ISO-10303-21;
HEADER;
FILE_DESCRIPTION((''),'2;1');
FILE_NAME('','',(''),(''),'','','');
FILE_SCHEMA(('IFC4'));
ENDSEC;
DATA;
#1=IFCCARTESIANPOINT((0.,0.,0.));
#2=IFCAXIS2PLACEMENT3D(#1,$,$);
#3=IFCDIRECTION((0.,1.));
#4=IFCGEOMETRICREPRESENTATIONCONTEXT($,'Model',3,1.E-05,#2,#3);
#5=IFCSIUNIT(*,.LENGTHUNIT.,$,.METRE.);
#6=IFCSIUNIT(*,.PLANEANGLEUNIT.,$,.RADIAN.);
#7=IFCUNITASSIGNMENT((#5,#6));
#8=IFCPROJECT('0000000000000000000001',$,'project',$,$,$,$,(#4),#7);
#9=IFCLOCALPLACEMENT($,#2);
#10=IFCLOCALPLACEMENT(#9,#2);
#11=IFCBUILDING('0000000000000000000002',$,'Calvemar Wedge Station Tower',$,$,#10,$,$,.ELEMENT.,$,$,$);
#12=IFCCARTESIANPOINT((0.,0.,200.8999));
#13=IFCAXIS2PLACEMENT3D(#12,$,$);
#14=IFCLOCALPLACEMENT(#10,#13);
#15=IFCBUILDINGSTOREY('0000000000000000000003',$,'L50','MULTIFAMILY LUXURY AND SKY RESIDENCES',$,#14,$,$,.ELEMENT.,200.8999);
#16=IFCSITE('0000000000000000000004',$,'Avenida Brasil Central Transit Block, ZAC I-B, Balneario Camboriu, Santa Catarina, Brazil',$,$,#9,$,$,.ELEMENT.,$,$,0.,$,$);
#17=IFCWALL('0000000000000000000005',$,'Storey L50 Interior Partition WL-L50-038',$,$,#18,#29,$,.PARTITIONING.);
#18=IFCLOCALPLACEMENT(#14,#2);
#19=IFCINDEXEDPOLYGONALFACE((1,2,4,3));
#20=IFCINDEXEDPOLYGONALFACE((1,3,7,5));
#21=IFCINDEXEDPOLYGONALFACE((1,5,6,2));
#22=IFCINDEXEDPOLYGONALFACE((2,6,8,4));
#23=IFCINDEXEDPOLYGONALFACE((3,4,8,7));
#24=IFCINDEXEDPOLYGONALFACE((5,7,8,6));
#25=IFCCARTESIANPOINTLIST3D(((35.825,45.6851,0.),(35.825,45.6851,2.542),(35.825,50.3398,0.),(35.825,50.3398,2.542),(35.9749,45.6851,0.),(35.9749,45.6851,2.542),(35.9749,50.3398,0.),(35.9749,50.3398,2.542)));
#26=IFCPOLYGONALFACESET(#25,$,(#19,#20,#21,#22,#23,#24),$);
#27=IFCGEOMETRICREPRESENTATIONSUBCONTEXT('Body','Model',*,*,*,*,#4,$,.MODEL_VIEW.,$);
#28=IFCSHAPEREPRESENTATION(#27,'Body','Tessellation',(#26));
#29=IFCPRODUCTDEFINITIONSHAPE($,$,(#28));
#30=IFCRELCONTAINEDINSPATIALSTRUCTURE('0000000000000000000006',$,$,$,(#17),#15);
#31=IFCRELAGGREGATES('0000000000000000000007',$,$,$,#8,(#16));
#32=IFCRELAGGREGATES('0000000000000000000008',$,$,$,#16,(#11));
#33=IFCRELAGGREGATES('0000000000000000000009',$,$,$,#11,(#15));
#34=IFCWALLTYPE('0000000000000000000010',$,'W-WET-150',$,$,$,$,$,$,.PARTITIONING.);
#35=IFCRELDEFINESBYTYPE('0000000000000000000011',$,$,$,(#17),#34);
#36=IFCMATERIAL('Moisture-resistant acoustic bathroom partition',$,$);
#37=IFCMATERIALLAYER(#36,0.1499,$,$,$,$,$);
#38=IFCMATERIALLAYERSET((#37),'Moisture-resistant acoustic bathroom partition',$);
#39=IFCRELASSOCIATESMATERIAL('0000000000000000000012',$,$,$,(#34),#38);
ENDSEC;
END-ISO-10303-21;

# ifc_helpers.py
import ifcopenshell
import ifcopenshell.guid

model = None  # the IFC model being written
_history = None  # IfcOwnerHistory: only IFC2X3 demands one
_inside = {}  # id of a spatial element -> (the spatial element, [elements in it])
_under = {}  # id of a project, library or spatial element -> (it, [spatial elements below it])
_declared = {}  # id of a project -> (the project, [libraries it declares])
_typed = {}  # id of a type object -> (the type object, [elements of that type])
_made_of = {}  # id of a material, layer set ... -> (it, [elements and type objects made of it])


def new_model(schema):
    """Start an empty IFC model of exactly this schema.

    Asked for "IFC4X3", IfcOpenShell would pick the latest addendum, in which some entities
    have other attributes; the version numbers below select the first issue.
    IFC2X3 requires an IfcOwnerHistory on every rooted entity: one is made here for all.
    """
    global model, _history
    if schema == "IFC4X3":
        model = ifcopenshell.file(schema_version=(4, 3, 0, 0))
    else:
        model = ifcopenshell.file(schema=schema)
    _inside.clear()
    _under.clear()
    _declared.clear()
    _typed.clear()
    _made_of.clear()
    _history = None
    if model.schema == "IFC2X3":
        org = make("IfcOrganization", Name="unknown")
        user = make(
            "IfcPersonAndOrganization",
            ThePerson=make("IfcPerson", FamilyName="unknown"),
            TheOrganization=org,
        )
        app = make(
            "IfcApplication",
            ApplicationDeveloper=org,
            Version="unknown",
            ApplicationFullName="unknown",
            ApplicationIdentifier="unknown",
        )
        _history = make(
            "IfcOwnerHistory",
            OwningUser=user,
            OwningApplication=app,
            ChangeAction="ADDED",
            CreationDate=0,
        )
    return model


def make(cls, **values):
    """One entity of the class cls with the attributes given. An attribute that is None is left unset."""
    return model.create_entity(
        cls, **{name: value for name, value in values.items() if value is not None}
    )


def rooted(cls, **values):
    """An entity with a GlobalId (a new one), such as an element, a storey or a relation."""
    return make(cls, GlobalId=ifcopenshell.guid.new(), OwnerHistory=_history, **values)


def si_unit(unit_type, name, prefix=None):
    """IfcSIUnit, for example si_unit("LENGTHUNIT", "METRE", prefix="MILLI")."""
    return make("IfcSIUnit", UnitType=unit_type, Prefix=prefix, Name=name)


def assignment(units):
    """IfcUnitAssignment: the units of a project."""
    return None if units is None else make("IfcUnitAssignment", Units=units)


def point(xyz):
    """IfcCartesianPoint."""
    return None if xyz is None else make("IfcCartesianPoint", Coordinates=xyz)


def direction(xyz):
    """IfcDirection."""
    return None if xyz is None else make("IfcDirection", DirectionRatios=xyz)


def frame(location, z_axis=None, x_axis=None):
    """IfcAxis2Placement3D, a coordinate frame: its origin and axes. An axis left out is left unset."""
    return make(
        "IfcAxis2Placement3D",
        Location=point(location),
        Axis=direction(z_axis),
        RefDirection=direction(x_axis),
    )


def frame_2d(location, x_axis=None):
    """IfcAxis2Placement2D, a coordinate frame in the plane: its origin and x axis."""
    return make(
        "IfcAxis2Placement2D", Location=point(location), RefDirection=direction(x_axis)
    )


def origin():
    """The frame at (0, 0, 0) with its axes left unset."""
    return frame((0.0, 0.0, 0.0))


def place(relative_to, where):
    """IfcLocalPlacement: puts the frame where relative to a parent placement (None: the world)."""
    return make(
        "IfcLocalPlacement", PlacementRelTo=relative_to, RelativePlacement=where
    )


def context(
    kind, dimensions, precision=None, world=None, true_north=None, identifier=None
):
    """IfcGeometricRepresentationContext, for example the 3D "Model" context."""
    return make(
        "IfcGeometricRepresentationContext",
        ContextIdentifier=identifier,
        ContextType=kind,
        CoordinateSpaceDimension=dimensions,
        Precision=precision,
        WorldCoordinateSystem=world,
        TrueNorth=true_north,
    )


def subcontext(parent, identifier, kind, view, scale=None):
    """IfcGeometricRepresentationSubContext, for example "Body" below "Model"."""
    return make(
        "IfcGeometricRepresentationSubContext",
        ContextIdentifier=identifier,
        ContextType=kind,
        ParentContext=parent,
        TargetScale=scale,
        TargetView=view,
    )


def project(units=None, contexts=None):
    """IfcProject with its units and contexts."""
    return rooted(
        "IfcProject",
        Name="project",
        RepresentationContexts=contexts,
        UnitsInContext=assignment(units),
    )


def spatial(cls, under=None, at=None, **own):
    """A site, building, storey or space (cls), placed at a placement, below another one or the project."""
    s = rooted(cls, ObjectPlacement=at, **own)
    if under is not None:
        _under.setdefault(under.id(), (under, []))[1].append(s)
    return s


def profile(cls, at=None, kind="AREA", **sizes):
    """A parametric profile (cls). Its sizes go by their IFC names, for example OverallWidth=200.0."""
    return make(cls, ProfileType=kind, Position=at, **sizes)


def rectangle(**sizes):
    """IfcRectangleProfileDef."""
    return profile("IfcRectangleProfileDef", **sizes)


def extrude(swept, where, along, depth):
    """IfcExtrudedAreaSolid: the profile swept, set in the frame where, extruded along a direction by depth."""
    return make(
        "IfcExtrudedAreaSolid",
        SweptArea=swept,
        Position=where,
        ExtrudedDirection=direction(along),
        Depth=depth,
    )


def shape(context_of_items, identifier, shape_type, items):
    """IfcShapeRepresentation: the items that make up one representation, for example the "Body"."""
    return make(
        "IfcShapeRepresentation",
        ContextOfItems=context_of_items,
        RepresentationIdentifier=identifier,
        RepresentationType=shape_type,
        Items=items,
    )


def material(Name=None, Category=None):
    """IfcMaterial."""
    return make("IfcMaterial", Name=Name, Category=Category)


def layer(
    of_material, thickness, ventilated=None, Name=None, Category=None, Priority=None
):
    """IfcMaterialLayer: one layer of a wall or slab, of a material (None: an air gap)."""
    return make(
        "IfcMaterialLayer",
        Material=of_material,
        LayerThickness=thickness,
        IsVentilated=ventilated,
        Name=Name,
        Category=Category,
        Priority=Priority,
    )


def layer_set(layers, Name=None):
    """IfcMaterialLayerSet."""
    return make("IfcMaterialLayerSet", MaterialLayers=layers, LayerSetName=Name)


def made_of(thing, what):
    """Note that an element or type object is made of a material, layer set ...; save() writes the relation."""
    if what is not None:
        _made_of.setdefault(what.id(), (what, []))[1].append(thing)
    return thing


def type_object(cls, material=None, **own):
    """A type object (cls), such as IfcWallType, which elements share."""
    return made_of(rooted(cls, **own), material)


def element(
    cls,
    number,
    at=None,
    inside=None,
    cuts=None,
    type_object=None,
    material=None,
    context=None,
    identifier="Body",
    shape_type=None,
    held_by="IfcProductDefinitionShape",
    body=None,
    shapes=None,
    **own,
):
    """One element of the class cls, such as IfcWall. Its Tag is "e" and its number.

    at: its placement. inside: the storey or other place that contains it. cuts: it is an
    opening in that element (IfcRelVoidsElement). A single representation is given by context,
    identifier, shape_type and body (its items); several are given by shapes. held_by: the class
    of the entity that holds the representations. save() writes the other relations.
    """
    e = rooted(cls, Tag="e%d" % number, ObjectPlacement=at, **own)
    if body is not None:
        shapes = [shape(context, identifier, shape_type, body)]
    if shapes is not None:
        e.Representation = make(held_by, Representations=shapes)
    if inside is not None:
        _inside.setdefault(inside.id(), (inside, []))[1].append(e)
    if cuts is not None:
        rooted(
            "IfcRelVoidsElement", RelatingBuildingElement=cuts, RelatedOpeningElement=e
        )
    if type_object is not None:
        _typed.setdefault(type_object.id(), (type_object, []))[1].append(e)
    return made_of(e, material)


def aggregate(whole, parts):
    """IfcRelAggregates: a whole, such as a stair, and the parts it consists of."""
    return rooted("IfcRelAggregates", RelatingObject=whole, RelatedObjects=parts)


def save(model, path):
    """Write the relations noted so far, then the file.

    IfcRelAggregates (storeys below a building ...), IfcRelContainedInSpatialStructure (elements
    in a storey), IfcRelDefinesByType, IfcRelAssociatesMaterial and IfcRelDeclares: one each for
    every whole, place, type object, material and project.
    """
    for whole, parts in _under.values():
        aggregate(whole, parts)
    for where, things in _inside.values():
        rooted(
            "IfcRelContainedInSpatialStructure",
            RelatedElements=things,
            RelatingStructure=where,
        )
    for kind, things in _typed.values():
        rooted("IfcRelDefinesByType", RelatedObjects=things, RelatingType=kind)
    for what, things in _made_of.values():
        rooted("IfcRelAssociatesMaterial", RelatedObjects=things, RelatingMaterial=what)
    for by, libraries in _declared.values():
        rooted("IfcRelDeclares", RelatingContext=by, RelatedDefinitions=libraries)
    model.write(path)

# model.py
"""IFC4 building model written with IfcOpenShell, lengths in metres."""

from ifc_helpers import new_model, si_unit, direction, frame, frame_2d, origin, place, context, subcontext, project, spatial, rectangle, extrude, material, layer, layer_set, type_object, element, save


model = new_model("IFC4")

# Units and contexts
model_context = context("Model", 3, precision=1e-05, world=origin(), true_north=direction((0.0, 1.0)))
body_context = subcontext(model_context, "Body", "Model", "MODEL_VIEW")
ifc_project = project(units=[si_unit("LENGTHUNIT", "METRE"), si_unit("PLANEANGLEUNIT", "RADIAN")], contexts=[model_context])

# Site, building, storey
site_placement = place(None, origin())
site = spatial("IfcSite", under=ifc_project, at=site_placement, Name="Avenida Brasil Central Transit Block, ZAC I-B, Balneario Camboriu, Santa Catarina, Brazil", CompositionType="ELEMENT", RefElevation=0.0)
building_placement = place(site_placement, origin())
building = spatial("IfcBuilding", under=site, at=building_placement, Name="Calvemar Wedge Station Tower", CompositionType="ELEMENT")
storey_placement = place(building_placement, frame((0.0, 0.0, 200.8999)))
storey = spatial("IfcBuildingStorey", under=building, at=storey_placement, Name="L50", Description="MULTIFAMILY LUXURY AND SKY RESIDENCES", CompositionType="ELEMENT", Elevation=200.8999)

# Shared definitions
ifc_material_1 = material(Name="Moisture-resistant acoustic bathroom partition")
ifc_layer_1 = layer(ifc_material_1, 0.1499)
ifc_layer_set_1 = layer_set([ifc_layer_1], Name="Moisture-resistant acoustic bathroom partition")
wall_type_1 = type_object("IfcWallType", Name="W-WET-150", PredefinedType="PARTITIONING", material=ifc_layer_set_1)

# Wall
wall_1_placement = place(storey_placement, frame((35.8999, 50.3398, 0.0), z_axis=(0.0, 0.0, 1.0), x_axis=(0.0, -1.0, 0.0)))
element("IfcWall", 1, at=wall_1_placement, inside=storey, type_object=wall_type_1, Name="Storey L50 Interior Partition WL-L50-038", PredefinedType="PARTITIONING", context=body_context, shape_type="SweptSolid", body=[
    extrude(rectangle(XDim=4.6548, YDim=0.1499, at=frame_2d((2.3274, 0.0))), origin(), (0.0, 0.0, 1.0), 2.542),
])

save(model, "model.ifc")
